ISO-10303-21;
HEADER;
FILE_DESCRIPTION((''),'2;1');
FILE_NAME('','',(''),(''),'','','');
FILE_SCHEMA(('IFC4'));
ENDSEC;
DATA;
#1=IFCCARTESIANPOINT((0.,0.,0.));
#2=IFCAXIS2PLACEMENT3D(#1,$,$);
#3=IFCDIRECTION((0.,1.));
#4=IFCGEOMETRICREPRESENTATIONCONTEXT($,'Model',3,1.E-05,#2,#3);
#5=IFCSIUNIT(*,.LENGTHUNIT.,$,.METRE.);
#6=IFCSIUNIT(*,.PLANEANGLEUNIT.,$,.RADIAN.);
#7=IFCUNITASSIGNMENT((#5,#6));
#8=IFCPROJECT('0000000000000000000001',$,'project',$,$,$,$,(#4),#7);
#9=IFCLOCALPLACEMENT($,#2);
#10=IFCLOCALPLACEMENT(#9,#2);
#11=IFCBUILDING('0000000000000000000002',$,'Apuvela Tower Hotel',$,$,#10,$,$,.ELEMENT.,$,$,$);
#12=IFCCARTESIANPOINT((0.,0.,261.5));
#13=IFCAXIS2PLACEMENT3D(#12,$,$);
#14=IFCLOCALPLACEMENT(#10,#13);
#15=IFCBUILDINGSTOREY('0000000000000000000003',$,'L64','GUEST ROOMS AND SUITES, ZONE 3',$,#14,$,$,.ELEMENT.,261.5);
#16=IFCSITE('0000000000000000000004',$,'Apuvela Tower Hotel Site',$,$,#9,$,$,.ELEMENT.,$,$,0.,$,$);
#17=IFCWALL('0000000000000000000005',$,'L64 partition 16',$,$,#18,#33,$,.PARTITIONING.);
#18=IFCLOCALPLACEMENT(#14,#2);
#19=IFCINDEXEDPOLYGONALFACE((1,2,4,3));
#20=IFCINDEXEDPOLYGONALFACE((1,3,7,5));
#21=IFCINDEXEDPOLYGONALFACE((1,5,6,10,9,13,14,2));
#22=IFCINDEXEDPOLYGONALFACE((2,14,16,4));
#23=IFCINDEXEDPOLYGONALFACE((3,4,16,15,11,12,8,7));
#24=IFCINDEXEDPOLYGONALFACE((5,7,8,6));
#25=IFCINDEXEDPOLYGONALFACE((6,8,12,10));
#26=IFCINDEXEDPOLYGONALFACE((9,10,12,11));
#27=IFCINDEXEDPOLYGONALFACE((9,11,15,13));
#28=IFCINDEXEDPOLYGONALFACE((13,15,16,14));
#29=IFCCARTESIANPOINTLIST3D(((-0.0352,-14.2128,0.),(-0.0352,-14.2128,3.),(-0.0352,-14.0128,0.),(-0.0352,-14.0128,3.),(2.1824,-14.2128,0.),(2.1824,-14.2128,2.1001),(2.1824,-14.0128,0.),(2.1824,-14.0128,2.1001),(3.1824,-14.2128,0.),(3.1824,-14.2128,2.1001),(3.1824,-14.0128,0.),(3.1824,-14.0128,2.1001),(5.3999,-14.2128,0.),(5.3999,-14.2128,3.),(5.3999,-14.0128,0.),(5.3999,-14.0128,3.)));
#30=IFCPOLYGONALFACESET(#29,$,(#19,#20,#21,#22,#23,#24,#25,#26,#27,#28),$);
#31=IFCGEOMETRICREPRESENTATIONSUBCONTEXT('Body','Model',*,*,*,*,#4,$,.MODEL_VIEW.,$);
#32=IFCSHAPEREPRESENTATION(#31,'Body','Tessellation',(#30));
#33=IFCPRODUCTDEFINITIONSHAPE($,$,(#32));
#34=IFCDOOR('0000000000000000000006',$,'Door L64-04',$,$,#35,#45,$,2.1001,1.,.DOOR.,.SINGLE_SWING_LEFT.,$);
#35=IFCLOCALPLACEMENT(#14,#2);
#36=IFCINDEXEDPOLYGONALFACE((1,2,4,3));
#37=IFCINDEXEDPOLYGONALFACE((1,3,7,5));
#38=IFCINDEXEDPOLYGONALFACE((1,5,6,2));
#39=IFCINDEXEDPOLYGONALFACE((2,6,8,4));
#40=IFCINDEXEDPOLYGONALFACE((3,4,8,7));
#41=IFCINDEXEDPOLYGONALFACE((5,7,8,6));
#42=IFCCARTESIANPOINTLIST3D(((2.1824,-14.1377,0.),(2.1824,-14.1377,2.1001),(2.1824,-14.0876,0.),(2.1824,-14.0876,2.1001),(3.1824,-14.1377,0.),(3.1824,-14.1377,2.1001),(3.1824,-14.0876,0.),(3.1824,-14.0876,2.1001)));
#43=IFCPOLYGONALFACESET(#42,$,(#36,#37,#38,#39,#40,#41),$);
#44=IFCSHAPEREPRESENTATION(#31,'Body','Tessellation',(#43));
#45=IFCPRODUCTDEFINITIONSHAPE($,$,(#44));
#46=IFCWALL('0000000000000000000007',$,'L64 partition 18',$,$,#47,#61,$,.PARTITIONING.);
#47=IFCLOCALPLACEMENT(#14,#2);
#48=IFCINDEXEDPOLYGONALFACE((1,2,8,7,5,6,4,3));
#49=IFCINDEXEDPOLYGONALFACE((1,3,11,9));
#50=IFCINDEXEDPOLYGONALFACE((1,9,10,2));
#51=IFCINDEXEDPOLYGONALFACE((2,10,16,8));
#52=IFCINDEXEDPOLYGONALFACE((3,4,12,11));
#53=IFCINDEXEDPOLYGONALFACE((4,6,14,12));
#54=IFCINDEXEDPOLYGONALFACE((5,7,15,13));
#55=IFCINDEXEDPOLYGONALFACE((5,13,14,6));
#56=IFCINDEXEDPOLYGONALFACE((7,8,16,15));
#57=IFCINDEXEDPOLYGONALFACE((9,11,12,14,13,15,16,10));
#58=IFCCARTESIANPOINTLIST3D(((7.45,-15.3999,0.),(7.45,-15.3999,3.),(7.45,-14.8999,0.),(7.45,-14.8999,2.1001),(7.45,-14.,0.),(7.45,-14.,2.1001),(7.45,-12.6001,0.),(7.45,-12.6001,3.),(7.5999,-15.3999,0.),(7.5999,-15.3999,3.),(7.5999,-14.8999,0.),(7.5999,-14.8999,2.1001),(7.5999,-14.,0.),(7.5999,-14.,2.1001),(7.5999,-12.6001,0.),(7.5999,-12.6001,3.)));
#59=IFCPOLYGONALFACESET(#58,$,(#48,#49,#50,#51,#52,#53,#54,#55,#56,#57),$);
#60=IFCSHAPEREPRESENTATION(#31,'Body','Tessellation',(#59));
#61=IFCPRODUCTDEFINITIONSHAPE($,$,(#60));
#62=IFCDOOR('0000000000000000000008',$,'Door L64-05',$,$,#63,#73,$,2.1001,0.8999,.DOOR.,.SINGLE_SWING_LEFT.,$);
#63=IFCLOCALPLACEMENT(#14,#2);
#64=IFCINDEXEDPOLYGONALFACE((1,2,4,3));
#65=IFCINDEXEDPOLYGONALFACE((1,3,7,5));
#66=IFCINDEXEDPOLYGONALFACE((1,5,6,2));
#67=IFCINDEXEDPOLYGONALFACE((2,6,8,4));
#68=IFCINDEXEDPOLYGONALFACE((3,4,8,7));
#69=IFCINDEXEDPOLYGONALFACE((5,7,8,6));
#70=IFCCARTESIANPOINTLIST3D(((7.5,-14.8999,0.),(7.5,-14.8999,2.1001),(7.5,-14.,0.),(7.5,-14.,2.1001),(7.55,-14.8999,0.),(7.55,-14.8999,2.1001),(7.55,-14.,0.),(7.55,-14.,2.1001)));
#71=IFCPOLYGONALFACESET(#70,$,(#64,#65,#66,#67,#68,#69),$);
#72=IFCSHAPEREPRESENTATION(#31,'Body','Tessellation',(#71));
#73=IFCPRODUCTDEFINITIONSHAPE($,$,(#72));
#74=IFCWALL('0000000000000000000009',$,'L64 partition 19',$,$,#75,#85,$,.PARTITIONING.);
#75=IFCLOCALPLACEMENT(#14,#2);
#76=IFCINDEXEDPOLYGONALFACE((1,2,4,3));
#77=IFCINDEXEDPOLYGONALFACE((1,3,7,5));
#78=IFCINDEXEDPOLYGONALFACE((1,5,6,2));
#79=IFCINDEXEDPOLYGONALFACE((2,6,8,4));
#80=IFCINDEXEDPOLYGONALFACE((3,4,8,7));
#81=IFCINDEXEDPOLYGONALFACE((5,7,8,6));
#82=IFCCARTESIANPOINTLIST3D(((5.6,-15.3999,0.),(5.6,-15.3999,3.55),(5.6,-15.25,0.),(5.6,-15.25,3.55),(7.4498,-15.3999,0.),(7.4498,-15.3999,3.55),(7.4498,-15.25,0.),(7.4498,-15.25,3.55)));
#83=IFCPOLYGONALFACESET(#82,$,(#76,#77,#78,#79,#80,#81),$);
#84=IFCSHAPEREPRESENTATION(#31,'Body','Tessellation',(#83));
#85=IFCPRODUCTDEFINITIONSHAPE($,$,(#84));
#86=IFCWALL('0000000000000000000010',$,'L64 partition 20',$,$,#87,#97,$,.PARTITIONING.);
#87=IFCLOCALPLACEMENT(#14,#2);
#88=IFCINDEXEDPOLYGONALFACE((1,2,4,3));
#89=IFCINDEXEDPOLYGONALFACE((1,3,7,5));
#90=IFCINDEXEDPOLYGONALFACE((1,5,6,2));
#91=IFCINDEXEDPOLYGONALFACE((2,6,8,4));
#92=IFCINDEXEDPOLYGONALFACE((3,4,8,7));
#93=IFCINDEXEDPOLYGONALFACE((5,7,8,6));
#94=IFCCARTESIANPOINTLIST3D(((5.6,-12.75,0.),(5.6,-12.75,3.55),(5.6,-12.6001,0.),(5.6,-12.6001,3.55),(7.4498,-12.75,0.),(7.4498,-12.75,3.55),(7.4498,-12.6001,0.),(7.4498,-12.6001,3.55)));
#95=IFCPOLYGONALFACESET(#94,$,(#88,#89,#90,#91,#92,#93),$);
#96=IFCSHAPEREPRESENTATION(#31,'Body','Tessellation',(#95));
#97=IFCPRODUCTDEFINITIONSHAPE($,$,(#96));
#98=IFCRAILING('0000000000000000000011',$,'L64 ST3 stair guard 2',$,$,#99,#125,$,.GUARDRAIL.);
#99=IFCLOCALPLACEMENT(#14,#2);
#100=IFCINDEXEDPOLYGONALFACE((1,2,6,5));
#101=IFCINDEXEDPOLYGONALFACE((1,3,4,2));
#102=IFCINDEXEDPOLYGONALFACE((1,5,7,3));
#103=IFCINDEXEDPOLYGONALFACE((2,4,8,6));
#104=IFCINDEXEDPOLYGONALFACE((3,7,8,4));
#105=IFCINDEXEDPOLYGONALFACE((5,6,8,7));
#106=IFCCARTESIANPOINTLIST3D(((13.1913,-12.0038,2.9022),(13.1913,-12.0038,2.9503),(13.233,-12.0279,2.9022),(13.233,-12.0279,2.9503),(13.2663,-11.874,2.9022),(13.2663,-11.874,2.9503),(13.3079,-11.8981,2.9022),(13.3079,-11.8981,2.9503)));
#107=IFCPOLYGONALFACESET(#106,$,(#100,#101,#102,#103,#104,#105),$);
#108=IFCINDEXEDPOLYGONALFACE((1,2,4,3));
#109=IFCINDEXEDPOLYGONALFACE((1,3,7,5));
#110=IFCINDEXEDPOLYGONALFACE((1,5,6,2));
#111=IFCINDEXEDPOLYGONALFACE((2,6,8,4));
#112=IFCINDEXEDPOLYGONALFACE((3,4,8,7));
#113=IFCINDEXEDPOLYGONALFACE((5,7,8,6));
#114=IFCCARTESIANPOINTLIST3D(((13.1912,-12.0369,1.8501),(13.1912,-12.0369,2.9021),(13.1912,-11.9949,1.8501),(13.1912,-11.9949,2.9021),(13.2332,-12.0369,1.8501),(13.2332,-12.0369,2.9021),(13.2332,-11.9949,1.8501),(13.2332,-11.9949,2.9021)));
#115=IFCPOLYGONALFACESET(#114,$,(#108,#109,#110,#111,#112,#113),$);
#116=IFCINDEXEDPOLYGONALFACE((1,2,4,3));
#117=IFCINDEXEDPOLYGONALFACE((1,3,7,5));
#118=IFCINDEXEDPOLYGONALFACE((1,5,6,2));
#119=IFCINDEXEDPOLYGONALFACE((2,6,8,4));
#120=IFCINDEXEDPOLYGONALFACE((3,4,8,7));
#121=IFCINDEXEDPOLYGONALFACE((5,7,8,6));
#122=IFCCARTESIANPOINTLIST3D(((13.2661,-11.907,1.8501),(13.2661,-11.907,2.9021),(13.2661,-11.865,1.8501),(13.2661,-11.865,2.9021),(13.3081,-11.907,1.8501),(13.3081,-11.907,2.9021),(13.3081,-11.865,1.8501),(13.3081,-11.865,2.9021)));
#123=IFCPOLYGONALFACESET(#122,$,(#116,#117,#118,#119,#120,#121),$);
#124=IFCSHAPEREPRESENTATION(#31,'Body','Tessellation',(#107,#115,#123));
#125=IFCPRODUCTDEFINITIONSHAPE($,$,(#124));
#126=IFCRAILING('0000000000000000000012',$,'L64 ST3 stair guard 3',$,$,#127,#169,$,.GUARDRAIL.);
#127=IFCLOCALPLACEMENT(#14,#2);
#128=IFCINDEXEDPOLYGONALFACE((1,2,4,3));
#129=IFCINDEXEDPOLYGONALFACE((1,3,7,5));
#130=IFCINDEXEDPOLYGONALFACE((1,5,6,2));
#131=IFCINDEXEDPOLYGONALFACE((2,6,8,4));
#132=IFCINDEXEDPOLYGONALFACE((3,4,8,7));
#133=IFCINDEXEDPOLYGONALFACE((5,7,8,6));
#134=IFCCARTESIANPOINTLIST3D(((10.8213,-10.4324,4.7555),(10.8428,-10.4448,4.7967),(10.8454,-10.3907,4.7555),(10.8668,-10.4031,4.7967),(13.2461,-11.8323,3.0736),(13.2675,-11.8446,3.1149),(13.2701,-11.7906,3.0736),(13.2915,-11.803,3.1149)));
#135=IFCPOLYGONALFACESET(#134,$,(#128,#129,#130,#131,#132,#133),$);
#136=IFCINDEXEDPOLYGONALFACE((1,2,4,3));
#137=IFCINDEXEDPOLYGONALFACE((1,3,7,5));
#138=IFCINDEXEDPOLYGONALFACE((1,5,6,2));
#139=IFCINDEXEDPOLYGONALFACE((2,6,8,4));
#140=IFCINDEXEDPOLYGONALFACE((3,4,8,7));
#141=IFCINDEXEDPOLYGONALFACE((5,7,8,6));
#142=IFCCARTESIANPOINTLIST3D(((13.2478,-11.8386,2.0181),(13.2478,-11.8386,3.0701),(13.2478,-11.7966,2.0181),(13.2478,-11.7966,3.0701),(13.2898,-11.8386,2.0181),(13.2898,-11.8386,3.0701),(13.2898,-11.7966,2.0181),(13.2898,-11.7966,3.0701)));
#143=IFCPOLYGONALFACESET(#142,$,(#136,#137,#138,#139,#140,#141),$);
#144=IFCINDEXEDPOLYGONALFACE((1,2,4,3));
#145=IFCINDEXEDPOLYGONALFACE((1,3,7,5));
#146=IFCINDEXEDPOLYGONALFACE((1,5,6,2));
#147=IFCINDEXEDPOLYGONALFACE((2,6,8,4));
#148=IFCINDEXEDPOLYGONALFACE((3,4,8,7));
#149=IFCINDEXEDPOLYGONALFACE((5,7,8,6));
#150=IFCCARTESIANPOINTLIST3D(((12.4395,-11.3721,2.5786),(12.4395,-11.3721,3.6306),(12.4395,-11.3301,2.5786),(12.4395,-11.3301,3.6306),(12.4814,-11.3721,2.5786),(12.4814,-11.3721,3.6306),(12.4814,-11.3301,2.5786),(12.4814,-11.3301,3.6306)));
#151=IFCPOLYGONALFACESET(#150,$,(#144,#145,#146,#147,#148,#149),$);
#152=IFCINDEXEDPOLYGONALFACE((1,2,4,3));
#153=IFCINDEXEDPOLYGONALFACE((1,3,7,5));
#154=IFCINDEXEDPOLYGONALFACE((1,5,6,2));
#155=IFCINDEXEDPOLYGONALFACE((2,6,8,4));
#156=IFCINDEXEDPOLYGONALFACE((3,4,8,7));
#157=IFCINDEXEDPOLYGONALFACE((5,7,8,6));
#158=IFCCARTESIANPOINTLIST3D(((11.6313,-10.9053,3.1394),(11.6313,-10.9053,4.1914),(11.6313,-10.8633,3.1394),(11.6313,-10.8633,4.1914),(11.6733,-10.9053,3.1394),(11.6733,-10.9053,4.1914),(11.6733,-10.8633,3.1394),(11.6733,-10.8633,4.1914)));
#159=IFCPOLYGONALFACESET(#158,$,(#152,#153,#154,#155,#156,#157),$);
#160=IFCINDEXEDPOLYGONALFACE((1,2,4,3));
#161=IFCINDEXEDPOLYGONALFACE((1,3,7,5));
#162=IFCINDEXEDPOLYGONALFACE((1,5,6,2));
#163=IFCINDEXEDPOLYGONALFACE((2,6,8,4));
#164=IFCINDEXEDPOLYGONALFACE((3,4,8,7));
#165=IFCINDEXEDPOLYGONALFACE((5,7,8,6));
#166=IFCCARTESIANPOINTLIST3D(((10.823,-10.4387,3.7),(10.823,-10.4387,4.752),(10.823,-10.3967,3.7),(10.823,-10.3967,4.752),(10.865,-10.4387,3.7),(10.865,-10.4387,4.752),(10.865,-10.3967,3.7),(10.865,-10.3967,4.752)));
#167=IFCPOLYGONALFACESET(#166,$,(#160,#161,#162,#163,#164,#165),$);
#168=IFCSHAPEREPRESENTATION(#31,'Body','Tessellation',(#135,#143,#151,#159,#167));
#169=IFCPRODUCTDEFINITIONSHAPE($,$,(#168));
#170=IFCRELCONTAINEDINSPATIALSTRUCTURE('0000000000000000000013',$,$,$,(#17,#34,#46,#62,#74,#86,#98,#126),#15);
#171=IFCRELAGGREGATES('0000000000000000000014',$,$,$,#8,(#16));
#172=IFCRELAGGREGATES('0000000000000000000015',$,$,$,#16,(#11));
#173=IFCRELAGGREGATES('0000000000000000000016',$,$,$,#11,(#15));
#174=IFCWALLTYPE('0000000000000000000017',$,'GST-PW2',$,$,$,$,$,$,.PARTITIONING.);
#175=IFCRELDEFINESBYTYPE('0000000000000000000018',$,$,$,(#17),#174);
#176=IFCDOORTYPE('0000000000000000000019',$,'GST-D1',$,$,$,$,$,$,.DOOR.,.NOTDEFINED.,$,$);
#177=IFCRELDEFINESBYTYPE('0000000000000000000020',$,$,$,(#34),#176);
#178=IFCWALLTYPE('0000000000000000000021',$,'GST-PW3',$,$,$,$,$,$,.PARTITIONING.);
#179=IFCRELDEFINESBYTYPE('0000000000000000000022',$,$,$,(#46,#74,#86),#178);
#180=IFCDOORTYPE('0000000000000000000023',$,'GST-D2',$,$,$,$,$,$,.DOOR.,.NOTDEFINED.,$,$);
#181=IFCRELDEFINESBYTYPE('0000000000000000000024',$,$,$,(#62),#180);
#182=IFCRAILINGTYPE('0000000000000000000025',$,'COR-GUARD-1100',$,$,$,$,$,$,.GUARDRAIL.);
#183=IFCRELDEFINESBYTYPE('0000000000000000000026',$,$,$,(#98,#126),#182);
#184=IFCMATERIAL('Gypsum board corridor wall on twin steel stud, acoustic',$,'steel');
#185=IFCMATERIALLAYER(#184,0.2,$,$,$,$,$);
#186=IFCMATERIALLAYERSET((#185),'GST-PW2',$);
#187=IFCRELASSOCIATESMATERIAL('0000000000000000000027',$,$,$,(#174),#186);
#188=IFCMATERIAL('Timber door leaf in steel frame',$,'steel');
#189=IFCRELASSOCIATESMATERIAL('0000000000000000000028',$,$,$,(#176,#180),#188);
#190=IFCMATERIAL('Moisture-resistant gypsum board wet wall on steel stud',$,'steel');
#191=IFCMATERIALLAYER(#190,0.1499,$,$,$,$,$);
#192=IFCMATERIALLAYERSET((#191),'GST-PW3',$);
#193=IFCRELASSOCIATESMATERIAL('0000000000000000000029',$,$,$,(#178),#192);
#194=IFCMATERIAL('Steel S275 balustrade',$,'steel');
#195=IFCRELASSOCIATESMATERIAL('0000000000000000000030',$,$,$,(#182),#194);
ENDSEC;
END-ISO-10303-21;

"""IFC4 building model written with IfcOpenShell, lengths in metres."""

from ifc_helpers import new_model, si_unit, direction, frame, frame_2d, origin, origin_2d, place, context, subcontext, project, spatial, rectangle, extrude, material, layer, layer_set, type_object, element, fill, save


model = new_model("IFC4")

# Units and contexts
model_context = context("Model", 3, precision=1e-05, world=origin(), true_north=direction((0.0, 1.0)))
body_context = subcontext(model_context, "Body", "Model", "MODEL_VIEW")
ifc_project = project(units=[si_unit("LENGTHUNIT", "METRE"), si_unit("PLANEANGLEUNIT", "RADIAN")], contexts=[model_context])

# Site, building, storey
site_placement = place(None, origin())
site = spatial("IfcSite", under=ifc_project, at=site_placement, Name="Apuvela Tower Hotel Site", CompositionType="ELEMENT", RefElevation=0.0)
building_placement = place(site_placement, origin())
building = spatial("IfcBuilding", under=site, at=building_placement, Name="Apuvela Tower Hotel", CompositionType="ELEMENT")
storey_placement = place(building_placement, frame((0.0, 0.0, 261.5)))
storey = spatial("IfcBuildingStorey", under=building, at=storey_placement, Name="L64", Description="GUEST ROOMS AND SUITES, ZONE 3", CompositionType="ELEMENT", Elevation=261.5)

# Walls, openings, doors
ifc_material_1 = material(Name="Gypsum board corridor wall on twin steel stud, acoustic", Category="steel")
ifc_layer_1 = layer(ifc_material_1, 0.2)
ifc_layer_set_1 = layer_set([ifc_layer_1], Name="GST-PW2")
wall_type_1 = type_object("IfcWallType", Name="GST-PW2", PredefinedType="PARTITIONING", material=ifc_layer_set_1)
wall_1_placement = place(storey_placement, frame((5.3999, -14.1128, 0.0), z_axis=(0.0, 0.0, 1.0), x_axis=(-1.0, 0.0, 0.0)))
wall_1 = element("IfcWall", 1, at=wall_1_placement, inside=storey, type_object=wall_type_1, Name="L64 partition 16", PredefinedType="PARTITIONING", context=body_context, shape_type="SweptSolid", body=[
    extrude(rectangle(XDim=5.4351, YDim=0.2, at=frame_2d((2.7175, 0.0))), origin(), (0.0, 0.0, 1.0), 3.0),
])
opening_1_placement = place(wall_1_placement, frame((2.2175, 0.0, 0.0)))
opening_1 = element("IfcOpeningElement", 2, at=opening_1_placement, cuts=wall_1, PredefinedType="OPENING", context=body_context, shape_type="SweptSolid", body=[
    extrude(rectangle(XDim=1.0, YDim=2.1001, at=frame_2d((0.5, 1.05))), frame((0.0, 0.1099, 0.0), z_axis=(0.0, -1.0, 0.0), x_axis=(1.0, 0.0, 0.0)), (0.0, 0.0, 1.0), 0.22),
])
ifc_material_2 = material(Name="Timber door leaf in steel frame", Category="steel")
door_type_1 = type_object("IfcDoorType", Name="GST-D1", OperationType="NOTDEFINED", PredefinedType="DOOR", material=ifc_material_2)
door_1_placement = place(opening_1_placement, origin())
door_1 = element("IfcDoor", 3, at=door_1_placement, inside=storey, type_object=door_type_1, Name="Door L64-04", OperationType="SINGLE_SWING_LEFT", OverallHeight=2.1001, OverallWidth=1.0, PredefinedType="DOOR", context=body_context, shape_type="SweptSolid", body=[
    extrude(rectangle(XDim=1.0, YDim=2.1001, at=frame_2d((0.5, 1.05))), frame((0.0, 0.0249, 0.0), z_axis=(0.0, -1.0, 0.0), x_axis=(1.0, 0.0, 0.0)), (0.0, 0.0, 1.0), 0.05),
])
fill(opening_1, door_1)
ifc_material_3 = material(Name="Moisture-resistant gypsum board wet wall on steel stud", Category="steel")
ifc_layer_2 = layer(ifc_material_3, 0.1499)
ifc_layer_set_2 = layer_set([ifc_layer_2], Name="GST-PW3")
wall_type_2 = type_object("IfcWallType", Name="GST-PW3", PredefinedType="PARTITIONING", material=ifc_layer_set_2)
wall_2_placement = place(storey_placement, frame((7.5249, -15.3999, 0.0), z_axis=(0.0, 0.0, 1.0), x_axis=(0.0, 1.0, 0.0)))
wall_2 = element("IfcWall", 4, at=wall_2_placement, inside=storey, type_object=wall_type_2, Name="L64 partition 18", PredefinedType="PARTITIONING", context=body_context, shape_type="SweptSolid", body=[
    extrude(rectangle(XDim=2.7998, YDim=0.1499, at=frame_2d((1.3999, 0.0))), origin(), (0.0, 0.0, 1.0), 3.0),
])
opening_2_placement = place(wall_2_placement, frame((0.5, 0.0, 0.0)))
opening_2 = element("IfcOpeningElement", 5, at=opening_2_placement, cuts=wall_2, PredefinedType="OPENING", context=body_context, shape_type="SweptSolid", body=[
    extrude(rectangle(XDim=0.8999, YDim=2.1001, at=frame_2d((0.45, 1.05))), frame((0.0, 0.085, 0.0), z_axis=(0.0, -1.0, 0.0), x_axis=(1.0, 0.0, 0.0)), (0.0, 0.0, 1.0), 0.1699),
])
door_type_2 = type_object("IfcDoorType", Name="GST-D2", OperationType="NOTDEFINED", PredefinedType="DOOR", material=ifc_material_2)
door_2_placement = place(opening_2_placement, origin())
door_2 = element("IfcDoor", 6, at=door_2_placement, inside=storey, type_object=door_type_2, Name="Door L64-05", OperationType="SINGLE_SWING_LEFT", OverallHeight=2.1001, OverallWidth=0.8999, PredefinedType="DOOR", context=body_context, shape_type="SweptSolid", body=[
    extrude(rectangle(XDim=0.8999, YDim=2.1001, at=frame_2d((0.45, 1.05))), frame((0.0, 0.0249, 0.0), z_axis=(0.0, -1.0, 0.0), x_axis=(1.0, 0.0, 0.0)), (0.0, 0.0, 1.0), 0.05),
])
fill(opening_2, door_2)

# Walls
for number, where, z_axis, x_axis, name in (
    (7, (5.6001, -15.325, 0.0), (0.0, 0.0, 1.0), (1.0, 0.0, 0.0), "L64 partition 19"),
    (8, (5.6001, -12.675, 0.0), (0.0, 0.0, 1.0), (1.0, 0.0, 0.0), "L64 partition 20"),
):
    element("IfcWall", number, at=place(storey_placement, frame(where, z_axis=z_axis, x_axis=x_axis)), inside=storey, type_object=wall_type_2, Name=name, PredefinedType="PARTITIONING", context=body_context, shape_type="SweptSolid", body=[
        extrude(rectangle(XDim=1.8499, YDim=0.1499, at=frame_2d((0.9248, 0.0))), origin(), (0.0, 0.0, 1.0), 3.55),
    ])

# Railings
ifc_material_4 = material(Name="Steel S275 balustrade", Category="steel")
railing_type_1 = type_object("IfcRailingType", Name="COR-GUARD-1100", PredefinedType="GUARDRAIL", material=ifc_material_4)
railing_1_placement = place(storey_placement, frame((13.2122, -12.0159, 1.8501)))
element("IfcRailing", 9, at=railing_1_placement, inside=storey, type_object=railing_type_1, Name="L64 ST3 stair guard 2", PredefinedType="GUARDRAIL", context=body_context, shape_type="SweptSolid", body=[
    extrude(rectangle(XDim=0.0481, YDim=0.0481, at=origin_2d()), frame((0.0, 0.0, 1.0762), z_axis=(0.499816, 0.866131, 0.0), x_axis=(-0.866131, 0.499816, 0.0)), (0.0, 0.0, 1.0), 0.1499),
    extrude(rectangle(XDim=0.042, YDim=0.042, at=origin_2d()), origin(), (0.0, 0.0, 1.0), 1.052),
    extrude(rectangle(XDim=0.042, YDim=0.042, at=origin_2d()), frame((0.075, 0.1299, 0.0)), (0.0, 0.0, 1.0), 1.052),
])
railing_2_placement = place(storey_placement, frame((13.2688, -11.8176, 2.0181)))
element("IfcRailing", 10, at=railing_2_placement, inside=storey, type_object=railing_type_1, Name="L64 ST3 stair guard 3", PredefinedType="GUARDRAIL", context=body_context, shape_type="SweptSolid", body=[
    extrude(rectangle(XDim=0.0481, YDim=0.0481, at=origin_2d()), frame((0.0, 0.0, 1.0762), z_axis=(-0.74239, 0.428601, 0.514934), x_axis=(-0.499984, -0.866035, 0.0)), (0.0, 0.0, 1.0), 3.2661),
    extrude(rectangle(XDim=0.042, YDim=0.042, at=origin_2d()), origin(), (0.0, 0.0, 1.0), 1.052),
    extrude(rectangle(XDim=0.042, YDim=0.042, at=origin_2d()), frame((-0.8083, 0.4666, 0.5605)), (0.0, 0.0, 1.0), 1.052),
    extrude(rectangle(XDim=0.042, YDim=0.042, at=origin_2d()), frame((-1.6165, 0.9333, 1.1213)), (0.0, 0.0, 1.0), 1.052),
    extrude(rectangle(XDim=0.042, YDim=0.042, at=origin_2d()), frame((-2.4248, 1.3999, 1.6819)), (0.0, 0.0, 1.0), 1.052),
])

save(model, "model.ifc")
